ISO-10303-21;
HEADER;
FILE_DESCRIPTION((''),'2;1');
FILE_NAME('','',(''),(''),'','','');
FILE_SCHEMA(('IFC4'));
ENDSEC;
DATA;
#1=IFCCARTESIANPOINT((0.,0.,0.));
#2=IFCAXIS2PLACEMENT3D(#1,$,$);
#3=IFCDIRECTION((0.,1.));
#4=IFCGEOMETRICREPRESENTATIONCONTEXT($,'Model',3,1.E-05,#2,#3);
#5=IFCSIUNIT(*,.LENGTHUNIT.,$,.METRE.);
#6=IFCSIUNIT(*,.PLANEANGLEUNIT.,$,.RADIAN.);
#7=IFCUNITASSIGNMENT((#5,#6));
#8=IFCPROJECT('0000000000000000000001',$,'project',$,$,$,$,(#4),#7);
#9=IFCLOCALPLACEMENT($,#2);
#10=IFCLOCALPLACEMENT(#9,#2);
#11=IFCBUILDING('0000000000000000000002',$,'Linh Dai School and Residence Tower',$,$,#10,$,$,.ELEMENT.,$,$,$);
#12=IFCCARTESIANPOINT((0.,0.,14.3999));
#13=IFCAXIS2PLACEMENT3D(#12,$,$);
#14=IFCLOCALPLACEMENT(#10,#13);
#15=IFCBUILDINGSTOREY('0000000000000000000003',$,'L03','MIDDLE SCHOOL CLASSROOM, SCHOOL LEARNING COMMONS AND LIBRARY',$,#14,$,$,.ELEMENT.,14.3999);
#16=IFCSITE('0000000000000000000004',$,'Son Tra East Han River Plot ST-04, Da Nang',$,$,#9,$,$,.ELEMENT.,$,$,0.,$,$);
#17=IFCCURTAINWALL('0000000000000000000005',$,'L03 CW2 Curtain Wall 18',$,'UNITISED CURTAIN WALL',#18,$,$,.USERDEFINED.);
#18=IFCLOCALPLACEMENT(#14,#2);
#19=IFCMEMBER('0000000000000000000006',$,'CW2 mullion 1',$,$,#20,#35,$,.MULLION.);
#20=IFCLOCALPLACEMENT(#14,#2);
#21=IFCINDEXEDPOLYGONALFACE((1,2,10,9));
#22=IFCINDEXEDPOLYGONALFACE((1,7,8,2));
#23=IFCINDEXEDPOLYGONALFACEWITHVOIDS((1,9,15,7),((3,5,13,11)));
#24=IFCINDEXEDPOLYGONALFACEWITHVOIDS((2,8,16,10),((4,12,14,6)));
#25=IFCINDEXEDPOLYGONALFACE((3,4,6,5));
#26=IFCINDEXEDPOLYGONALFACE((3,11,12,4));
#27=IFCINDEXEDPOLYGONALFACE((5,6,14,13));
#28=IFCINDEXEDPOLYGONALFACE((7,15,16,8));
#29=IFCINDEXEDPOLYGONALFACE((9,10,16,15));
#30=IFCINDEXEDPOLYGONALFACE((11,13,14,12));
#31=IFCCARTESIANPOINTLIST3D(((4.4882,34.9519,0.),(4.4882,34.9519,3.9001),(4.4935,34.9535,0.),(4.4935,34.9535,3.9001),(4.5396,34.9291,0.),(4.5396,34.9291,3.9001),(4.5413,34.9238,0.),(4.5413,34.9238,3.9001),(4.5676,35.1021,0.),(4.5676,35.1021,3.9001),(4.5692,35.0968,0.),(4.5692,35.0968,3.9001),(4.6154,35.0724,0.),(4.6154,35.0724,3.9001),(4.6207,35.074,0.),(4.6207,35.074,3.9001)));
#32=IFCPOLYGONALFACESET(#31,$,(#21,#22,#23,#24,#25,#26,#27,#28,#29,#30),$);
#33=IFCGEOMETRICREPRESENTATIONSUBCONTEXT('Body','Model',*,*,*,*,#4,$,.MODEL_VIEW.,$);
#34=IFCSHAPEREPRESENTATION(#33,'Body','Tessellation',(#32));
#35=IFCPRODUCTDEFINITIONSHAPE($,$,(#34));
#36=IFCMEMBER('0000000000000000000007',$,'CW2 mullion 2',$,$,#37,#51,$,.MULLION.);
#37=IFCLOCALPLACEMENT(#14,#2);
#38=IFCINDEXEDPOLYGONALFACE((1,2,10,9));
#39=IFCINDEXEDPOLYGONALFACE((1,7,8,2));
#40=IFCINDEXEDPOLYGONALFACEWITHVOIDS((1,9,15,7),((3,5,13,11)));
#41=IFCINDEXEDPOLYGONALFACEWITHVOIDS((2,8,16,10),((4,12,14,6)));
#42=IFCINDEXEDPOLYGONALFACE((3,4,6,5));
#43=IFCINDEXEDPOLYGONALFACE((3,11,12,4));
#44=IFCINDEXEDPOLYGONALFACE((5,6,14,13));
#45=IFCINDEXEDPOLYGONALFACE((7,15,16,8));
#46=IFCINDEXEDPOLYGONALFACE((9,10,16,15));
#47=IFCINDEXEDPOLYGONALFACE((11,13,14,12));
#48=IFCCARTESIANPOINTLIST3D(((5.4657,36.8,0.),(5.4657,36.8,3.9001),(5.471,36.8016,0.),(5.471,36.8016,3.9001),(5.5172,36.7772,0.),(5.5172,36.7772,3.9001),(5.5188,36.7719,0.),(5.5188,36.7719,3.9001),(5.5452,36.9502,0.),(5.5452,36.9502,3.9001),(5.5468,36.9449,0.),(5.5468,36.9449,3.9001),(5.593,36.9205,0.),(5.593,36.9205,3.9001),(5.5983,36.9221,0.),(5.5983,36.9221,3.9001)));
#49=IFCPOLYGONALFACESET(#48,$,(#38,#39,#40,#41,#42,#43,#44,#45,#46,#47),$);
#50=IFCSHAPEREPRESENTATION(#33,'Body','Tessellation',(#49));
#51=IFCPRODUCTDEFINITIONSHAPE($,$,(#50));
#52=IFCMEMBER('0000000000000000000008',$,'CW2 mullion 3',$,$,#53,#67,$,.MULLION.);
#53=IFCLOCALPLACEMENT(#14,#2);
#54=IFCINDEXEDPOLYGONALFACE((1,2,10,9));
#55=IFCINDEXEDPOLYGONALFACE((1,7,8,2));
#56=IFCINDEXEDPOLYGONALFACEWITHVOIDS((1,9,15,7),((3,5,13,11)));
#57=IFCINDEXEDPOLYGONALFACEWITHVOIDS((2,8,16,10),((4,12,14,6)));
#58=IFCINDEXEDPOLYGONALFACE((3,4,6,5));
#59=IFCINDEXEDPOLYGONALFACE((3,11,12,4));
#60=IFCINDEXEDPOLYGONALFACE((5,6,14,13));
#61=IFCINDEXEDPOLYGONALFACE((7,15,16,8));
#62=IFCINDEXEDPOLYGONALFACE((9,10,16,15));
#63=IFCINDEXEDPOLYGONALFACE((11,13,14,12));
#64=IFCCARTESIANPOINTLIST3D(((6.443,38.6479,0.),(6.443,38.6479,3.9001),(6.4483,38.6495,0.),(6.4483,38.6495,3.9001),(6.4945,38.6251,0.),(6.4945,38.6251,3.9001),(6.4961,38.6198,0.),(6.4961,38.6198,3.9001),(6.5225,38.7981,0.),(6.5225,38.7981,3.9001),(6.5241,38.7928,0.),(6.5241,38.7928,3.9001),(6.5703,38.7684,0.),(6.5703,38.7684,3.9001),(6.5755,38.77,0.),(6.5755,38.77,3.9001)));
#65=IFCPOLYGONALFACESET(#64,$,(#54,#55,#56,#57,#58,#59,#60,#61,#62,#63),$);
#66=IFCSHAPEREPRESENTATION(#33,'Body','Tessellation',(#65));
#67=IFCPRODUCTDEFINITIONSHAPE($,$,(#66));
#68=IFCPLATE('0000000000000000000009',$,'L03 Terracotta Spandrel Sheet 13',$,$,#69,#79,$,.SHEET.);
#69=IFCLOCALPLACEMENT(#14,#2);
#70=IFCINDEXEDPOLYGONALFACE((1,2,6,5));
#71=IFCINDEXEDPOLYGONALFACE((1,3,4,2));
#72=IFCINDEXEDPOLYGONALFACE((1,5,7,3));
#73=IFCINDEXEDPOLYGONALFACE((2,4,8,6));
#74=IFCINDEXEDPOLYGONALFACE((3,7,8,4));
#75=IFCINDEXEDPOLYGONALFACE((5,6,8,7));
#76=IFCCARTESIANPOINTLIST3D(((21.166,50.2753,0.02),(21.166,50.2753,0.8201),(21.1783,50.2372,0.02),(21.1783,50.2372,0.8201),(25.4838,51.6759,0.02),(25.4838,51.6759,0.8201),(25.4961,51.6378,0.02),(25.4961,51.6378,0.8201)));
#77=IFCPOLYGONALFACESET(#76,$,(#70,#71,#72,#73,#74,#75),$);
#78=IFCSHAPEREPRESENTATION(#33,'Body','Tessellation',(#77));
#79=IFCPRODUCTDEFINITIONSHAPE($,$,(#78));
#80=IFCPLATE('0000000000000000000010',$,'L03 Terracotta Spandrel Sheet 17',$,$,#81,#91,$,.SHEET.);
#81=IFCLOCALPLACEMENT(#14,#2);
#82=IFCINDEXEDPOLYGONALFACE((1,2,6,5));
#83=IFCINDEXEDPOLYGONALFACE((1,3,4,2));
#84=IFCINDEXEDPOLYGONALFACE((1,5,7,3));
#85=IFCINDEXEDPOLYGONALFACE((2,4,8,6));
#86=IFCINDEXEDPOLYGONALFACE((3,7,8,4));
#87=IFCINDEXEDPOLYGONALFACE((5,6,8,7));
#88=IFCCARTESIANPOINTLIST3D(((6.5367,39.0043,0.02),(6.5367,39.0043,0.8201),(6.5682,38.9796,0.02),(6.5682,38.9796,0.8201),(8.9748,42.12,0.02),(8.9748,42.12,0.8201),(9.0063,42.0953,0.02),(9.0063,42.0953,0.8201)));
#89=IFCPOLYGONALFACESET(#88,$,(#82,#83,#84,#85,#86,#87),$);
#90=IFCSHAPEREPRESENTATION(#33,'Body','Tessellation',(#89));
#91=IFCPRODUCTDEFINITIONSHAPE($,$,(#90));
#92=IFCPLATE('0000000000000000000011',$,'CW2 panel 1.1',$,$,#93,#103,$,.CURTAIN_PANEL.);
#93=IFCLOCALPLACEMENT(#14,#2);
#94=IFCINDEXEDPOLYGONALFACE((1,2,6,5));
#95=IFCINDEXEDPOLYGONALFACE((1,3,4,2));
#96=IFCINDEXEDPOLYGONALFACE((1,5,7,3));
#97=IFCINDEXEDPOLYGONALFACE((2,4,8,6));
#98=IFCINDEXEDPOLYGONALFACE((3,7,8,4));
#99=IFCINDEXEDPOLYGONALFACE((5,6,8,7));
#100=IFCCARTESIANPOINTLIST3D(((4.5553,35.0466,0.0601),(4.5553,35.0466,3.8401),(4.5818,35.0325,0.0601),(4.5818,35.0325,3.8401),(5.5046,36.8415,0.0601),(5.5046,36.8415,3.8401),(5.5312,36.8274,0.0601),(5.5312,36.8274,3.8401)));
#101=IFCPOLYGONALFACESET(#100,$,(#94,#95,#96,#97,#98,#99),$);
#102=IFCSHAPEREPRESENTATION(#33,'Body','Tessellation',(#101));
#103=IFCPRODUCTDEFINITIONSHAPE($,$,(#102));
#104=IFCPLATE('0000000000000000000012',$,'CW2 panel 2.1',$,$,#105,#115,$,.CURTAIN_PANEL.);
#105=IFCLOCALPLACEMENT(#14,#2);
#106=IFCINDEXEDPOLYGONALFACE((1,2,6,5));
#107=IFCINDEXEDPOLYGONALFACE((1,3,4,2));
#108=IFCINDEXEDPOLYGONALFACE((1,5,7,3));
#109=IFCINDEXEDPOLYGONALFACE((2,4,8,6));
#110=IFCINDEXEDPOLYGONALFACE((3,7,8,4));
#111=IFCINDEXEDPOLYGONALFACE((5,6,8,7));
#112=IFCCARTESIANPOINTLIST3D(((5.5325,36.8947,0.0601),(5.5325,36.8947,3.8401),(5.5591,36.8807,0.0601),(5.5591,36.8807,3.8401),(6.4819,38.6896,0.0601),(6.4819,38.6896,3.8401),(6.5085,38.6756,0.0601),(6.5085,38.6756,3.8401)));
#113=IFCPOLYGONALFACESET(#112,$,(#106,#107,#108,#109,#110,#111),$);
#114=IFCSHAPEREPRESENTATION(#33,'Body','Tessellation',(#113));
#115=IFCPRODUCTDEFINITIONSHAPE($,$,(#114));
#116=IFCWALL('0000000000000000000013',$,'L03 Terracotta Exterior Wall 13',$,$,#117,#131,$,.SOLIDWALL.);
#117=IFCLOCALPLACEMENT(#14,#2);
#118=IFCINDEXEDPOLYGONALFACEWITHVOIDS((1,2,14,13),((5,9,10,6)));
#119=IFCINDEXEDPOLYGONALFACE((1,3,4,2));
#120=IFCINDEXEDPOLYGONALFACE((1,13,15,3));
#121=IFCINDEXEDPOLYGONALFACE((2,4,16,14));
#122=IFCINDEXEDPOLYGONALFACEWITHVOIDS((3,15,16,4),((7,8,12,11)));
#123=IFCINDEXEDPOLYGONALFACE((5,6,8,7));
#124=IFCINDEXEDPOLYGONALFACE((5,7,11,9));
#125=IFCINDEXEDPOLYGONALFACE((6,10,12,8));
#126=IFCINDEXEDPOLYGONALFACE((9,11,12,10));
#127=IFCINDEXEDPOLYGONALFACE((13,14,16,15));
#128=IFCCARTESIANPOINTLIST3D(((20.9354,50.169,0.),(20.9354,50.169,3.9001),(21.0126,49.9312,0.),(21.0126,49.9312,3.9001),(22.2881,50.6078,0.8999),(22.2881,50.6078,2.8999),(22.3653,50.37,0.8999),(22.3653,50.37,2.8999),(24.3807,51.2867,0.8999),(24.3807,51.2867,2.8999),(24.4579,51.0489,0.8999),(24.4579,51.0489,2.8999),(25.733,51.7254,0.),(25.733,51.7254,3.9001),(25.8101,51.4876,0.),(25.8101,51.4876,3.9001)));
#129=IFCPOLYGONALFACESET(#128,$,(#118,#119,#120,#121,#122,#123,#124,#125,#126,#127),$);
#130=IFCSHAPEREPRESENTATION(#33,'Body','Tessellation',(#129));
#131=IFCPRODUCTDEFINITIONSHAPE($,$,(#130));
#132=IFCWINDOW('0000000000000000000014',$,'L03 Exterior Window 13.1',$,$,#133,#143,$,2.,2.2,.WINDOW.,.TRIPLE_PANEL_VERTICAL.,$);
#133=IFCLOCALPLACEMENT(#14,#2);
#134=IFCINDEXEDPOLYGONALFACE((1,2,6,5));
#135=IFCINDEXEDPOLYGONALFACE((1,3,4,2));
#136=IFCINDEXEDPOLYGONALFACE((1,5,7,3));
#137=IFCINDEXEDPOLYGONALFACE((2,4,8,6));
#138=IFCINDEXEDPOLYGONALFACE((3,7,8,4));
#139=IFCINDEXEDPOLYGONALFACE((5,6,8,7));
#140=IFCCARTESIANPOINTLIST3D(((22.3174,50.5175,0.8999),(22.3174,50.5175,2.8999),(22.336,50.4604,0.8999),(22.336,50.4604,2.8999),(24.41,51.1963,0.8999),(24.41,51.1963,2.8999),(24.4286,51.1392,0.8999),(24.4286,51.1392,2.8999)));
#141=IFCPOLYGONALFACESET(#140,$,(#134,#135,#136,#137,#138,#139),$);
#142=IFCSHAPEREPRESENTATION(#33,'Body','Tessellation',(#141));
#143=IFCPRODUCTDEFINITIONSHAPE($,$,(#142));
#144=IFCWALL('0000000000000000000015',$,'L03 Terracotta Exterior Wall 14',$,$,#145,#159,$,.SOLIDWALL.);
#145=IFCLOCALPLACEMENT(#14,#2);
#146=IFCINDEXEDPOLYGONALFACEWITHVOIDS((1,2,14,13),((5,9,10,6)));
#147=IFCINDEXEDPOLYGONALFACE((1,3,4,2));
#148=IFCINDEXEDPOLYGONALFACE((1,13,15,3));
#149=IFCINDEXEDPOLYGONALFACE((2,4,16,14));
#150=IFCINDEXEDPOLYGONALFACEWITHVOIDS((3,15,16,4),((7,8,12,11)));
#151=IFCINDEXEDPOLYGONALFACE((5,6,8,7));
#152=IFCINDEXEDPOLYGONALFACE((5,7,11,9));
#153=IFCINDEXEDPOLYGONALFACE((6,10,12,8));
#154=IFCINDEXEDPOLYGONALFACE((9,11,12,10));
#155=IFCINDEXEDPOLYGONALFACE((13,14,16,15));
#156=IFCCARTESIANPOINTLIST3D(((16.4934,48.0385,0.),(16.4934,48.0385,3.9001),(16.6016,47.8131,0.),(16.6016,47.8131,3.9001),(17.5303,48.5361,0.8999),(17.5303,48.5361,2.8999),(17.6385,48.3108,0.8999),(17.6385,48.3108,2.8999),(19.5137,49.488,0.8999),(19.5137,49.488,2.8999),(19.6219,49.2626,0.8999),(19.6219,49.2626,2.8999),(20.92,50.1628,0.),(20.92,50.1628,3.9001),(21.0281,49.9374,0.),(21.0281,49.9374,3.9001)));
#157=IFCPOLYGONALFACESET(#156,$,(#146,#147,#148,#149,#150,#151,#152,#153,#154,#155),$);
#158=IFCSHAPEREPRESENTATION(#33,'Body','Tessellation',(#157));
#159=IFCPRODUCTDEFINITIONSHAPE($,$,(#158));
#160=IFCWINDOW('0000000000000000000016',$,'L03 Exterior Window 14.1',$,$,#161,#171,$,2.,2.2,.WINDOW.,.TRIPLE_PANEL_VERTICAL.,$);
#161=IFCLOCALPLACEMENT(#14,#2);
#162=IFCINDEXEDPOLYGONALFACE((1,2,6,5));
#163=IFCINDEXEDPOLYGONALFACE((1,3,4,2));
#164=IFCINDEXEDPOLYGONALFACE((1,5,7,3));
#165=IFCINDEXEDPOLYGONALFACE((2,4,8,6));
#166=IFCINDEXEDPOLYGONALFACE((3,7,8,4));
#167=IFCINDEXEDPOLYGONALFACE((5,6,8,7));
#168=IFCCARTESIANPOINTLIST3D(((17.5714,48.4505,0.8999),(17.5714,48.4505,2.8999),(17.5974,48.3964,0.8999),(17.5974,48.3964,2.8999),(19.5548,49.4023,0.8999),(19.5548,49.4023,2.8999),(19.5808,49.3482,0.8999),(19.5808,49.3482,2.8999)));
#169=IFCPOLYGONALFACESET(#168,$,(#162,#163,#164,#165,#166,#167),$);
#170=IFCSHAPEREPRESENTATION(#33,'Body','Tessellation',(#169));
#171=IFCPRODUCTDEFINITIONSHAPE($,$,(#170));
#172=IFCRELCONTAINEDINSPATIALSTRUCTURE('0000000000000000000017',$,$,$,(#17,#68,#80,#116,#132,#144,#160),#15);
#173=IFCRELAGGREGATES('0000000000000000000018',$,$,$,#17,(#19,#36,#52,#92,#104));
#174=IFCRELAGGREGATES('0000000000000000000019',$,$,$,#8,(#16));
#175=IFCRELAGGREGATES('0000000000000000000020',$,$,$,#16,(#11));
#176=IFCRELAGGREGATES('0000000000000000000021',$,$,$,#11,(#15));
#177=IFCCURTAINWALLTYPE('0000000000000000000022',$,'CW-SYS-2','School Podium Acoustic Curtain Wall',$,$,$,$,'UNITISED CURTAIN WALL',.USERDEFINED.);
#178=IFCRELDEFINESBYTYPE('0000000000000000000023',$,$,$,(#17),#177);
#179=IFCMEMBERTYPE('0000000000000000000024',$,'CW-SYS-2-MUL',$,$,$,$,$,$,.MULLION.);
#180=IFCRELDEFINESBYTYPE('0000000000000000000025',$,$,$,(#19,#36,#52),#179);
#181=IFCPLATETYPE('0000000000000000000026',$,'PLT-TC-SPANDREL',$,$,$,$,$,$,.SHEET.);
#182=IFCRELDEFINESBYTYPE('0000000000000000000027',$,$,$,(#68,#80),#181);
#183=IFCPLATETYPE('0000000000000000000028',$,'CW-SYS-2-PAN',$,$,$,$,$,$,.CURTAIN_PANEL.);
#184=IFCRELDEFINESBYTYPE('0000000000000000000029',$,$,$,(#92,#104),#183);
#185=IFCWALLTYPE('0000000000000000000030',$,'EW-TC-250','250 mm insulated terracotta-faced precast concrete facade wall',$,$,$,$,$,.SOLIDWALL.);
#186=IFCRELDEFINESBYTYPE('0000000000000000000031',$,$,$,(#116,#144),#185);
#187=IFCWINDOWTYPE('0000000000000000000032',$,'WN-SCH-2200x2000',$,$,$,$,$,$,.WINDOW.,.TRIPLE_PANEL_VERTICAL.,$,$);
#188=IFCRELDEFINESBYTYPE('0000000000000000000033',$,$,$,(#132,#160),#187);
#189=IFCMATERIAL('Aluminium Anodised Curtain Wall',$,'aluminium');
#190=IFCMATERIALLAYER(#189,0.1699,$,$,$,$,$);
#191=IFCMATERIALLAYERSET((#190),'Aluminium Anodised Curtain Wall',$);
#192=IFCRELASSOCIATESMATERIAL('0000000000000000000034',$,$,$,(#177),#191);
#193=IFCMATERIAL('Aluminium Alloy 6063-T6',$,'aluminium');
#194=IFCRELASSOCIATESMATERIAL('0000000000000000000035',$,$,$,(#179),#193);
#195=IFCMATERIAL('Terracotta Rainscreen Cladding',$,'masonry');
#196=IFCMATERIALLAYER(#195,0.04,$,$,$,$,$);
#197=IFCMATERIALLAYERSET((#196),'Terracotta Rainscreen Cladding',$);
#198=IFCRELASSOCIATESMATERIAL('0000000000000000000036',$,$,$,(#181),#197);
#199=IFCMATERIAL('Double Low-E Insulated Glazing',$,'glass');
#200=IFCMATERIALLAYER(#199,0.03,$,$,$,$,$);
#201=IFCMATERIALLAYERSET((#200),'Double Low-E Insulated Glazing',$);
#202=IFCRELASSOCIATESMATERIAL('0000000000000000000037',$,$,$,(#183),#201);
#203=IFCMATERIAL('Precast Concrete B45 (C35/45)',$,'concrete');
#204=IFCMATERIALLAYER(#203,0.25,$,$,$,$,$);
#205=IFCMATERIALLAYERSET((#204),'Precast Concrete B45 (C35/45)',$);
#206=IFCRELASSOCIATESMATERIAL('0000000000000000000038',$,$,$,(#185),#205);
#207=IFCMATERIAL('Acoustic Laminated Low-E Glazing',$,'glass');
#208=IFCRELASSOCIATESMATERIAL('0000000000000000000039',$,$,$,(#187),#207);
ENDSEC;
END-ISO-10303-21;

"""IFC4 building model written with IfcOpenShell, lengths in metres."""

from ifc_helpers import new_model, si_unit, direction, frame, frame_2d, origin, origin_2d, place, context, subcontext, project, spatial, rectangle, hollow_rectangle, extrude, source, transform, mapped, material, layer, layer_set, material_profile, profile_set, type_object, element, fill, aggregate, save


model = new_model("IFC4")

# Units and contexts
model_context = context("Model", 3, precision=1e-05, world=origin(), true_north=direction((0.0, 1.0)))
body_context = subcontext(model_context, "Body", "Model", "MODEL_VIEW")
ifc_project = project(units=[si_unit("LENGTHUNIT", "METRE"), si_unit("PLANEANGLEUNIT", "RADIAN")], contexts=[model_context])

# Site, building, storey
site_placement = place(None, origin())
site = spatial("IfcSite", under=ifc_project, at=site_placement, Name="Son Tra East Han River Plot ST-04, Da Nang", CompositionType="ELEMENT", RefElevation=0.0)
building_placement = place(site_placement, origin())
building = spatial("IfcBuilding", under=site, at=building_placement, Name="Linh Dai School and Residence Tower", CompositionType="ELEMENT")
storey_placement = place(building_placement, frame((0.0, 0.0, 14.3999)))
storey = spatial("IfcBuildingStorey", under=building, at=storey_placement, Name="L03", Description="MIDDLE SCHOOL CLASSROOM, SCHOOL LEARNING COMMONS AND LIBRARY", CompositionType="ELEMENT", Elevation=14.3999)

# Curtain wall, members
ifc_material_1 = material(Name="Aluminium Anodised Curtain Wall", Category="aluminium")
ifc_layer_1 = layer(ifc_material_1, 0.1699)
ifc_layer_set_1 = layer_set([ifc_layer_1], Name="Aluminium Anodised Curtain Wall")
curtain_wall_type = type_object("IfcCurtainWallType", Name="CW-SYS-2", Description="School Podium Acoustic Curtain Wall", ElementType="UNITISED CURTAIN WALL", PredefinedType="USERDEFINED", material=ifc_layer_set_1)
curtain_wall_placement = place(storey_placement, origin())
curtain_wall = element("IfcCurtainWall", 1, at=curtain_wall_placement, inside=storey, type_object=curtain_wall_type, Name="L03 CW2 Curtain Wall 18", ObjectType="UNITISED CURTAIN WALL", PredefinedType="USERDEFINED")
ifc_material_2 = material(Name="Aluminium Alloy 6063-T6", Category="aluminium")
ifc_material_profile_1 = material_profile(ifc_material_2, hollow_rectangle(XDim=0.0601, YDim=0.1699, WallThickness=0.0039, at=origin_2d()), Name="RHS 170x60x4")
ifc_profile_set_1 = profile_set([ifc_material_profile_1], Name="Aluminium Alloy 6063-T6")
member_type_1 = type_object("IfcMemberType", Name="CW-SYS-2-MUL", PredefinedType="MULLION", material=ifc_profile_set_1)
shared_shape_1 = source(origin(), body_context, "Body", "SweptSolid", [
    extrude(hollow_rectangle(XDim=0.0601, YDim=0.1699, WallThickness=0.0039, at=origin_2d()), origin(), (0.0, 0.0, 1.0), 3.9001),
])
member_1_placement = place(storey_placement, frame((4.5544, 35.0129, 0.0), z_axis=(0.0, 0.0, 1.0), x_axis=(-0.883964, 0.467555, 0.0)))
member_1 = element("IfcMember", 2, at=member_1_placement, type_object=member_type_1, Name="CW2 mullion 1", PredefinedType="MULLION", context=body_context, shape_type="MappedRepresentation", body=[
    mapped(shared_shape_1, transform((0.0, 0.0, 0.0), x_axis=(1.0, 0.0, 0.0), y_axis=(0.0, 1.0, 0.0), z_axis=(0.0, 0.0, 1.0), scale=1.0)),
])
member_2_placement = place(storey_placement, frame((5.532, 36.8611, 0.0), z_axis=(0.0, 0.0, 1.0), x_axis=(-0.883964, 0.467555, 0.0)))
member_2 = element("IfcMember", 3, at=member_2_placement, type_object=member_type_1, Name="CW2 mullion 2", PredefinedType="MULLION", context=body_context, shape_type="MappedRepresentation", body=[
    mapped(shared_shape_1, transform((0.0, 0.0, 0.0), x_axis=(1.0, 0.0, 0.0), y_axis=(0.0, 1.0, 0.0), z_axis=(0.0, 0.0, 1.0), scale=1.0)),
])
member_3_placement = place(storey_placement, frame((6.5093, 38.709, 0.0), z_axis=(0.0, 0.0, 1.0), x_axis=(-0.883964, 0.467555, 0.0)))
member_3 = element("IfcMember", 4, at=member_3_placement, type_object=member_type_1, Name="CW2 mullion 3", PredefinedType="MULLION", context=body_context, shape_type="MappedRepresentation", body=[
    mapped(shared_shape_1, transform((0.0, 0.0, 0.0), x_axis=(1.0, 0.0, 0.0), y_axis=(0.0, 1.0, 0.0), z_axis=(0.0, 0.0, 1.0), scale=1.0)),
])

# Plates
ifc_material_3 = material(Name="Terracotta Rainscreen Cladding", Category="masonry")
ifc_layer_2 = layer(ifc_material_3, 0.04)
ifc_layer_set_2 = layer_set([ifc_layer_2], Name="Terracotta Rainscreen Cladding")
plate_type_1 = type_object("IfcPlateType", Name="PLT-TC-SPANDREL", PredefinedType="SHEET", material=ifc_layer_set_2)
shared_shape_2 = source(origin(), body_context, "Body", "SweptSolid", [
    extrude(rectangle(XDim=4.5393, YDim=0.04, at=origin_2d()), origin(), (0.0, 0.0, 1.0), 0.8),
])
plate_1_placement = place(storey_placement, frame((23.3311, 50.9565, 0.02), z_axis=(0.0, 0.0, 1.0), x_axis=(0.951207, 0.308554, 0.0)))
element("IfcPlate", 5, at=plate_1_placement, inside=storey, type_object=plate_type_1, Name="L03 Terracotta Spandrel Sheet 13", PredefinedType="SHEET", context=body_context, shape_type="MappedRepresentation", body=[
    mapped(shared_shape_2, transform((0.0, 0.0, 0.0), x_axis=(1.0, 0.0, 0.0), y_axis=(0.0, 1.0, 0.0), z_axis=(0.0, 0.0, 1.0), scale=1.0)),
])
shared_shape_3 = source(origin(), body_context, "Body", "SweptSolid", [
    extrude(rectangle(XDim=3.9563, YDim=0.04, at=origin_2d()), origin(), (0.0, 0.0, 1.0), 0.8),
])
plate_2_placement = place(storey_placement, frame((7.7715, 40.5498, 0.02), z_axis=(0.0, 0.0, 1.0), x_axis=(0.61626, 0.787543, 0.0)))
element("IfcPlate", 6, at=plate_2_placement, inside=storey, type_object=plate_type_1, Name="L03 Terracotta Spandrel Sheet 17", PredefinedType="SHEET", context=body_context, shape_type="MappedRepresentation", body=[
    mapped(shared_shape_3, transform((0.0, 0.0, 0.0), x_axis=(1.0, 0.0, 0.0), y_axis=(0.0, 1.0, 0.0), z_axis=(0.0, 0.0, 1.0), scale=1.0)),
])

# Plates
ifc_material_4 = material(Name="Double Low-E Insulated Glazing", Category="glass")
ifc_layer_3 = layer(ifc_material_4, 0.03)
ifc_layer_set_3 = layer_set([ifc_layer_3], Name="Double Low-E Insulated Glazing")
plate_type_2 = type_object("IfcPlateType", Name="CW-SYS-2-PAN", PredefinedType="CURTAIN_PANEL", material=ifc_layer_set_3)
shared_shape_4 = source(origin(), body_context, "Body", "SweptSolid", [
    extrude(rectangle(XDim=2.0305, YDim=0.03, at=origin_2d()), origin(), (0.0, 0.0, 1.0), 3.78),
])
plate_3_placement = place(storey_placement, frame((5.0432, 35.937, 0.0601), z_axis=(0.0, 0.0, 1.0), x_axis=(0.467555, 0.883964, 0.0)))
plate_3 = element("IfcPlate", 7, at=plate_3_placement, type_object=plate_type_2, Name="CW2 panel 1.1", PredefinedType="CURTAIN_PANEL", context=body_context, shape_type="MappedRepresentation", body=[
    mapped(shared_shape_4, transform((0.0, 0.0, 0.0), x_axis=(1.0, 0.0, 0.0), y_axis=(0.0, 1.0, 0.0), z_axis=(0.0, 0.0, 1.0), scale=1.0)),
])
plate_4_placement = place(storey_placement, frame((6.0205, 37.7852, 0.0601), z_axis=(0.0, 0.0, 1.0), x_axis=(0.467555, 0.883964, 0.0)))
plate_4 = element("IfcPlate", 8, at=plate_4_placement, type_object=plate_type_2, Name="CW2 panel 2.1", PredefinedType="CURTAIN_PANEL", context=body_context, shape_type="MappedRepresentation", body=[
    mapped(shared_shape_4, transform((0.0, 0.0, 0.0), x_axis=(1.0, 0.0, 0.0), y_axis=(0.0, 1.0, 0.0), z_axis=(0.0, 0.0, 1.0), scale=1.0)),
])
aggregate(curtain_wall, [member_1, member_2, member_3, plate_3, plate_4])

# Walls, openings, windows
ifc_material_5 = material(Name="Precast Concrete B45 (C35/45)", Category="concrete")
ifc_layer_4 = layer(ifc_material_5, 0.25)
ifc_layer_set_4 = layer_set([ifc_layer_4], Name="Precast Concrete B45 (C35/45)")
wall_type_1 = type_object("IfcWallType", Name="EW-TC-250", Description="250 mm insulated terracotta-faced precast concrete facade wall", PredefinedType="SOLIDWALL", material=ifc_layer_set_4)
wall_1_placement = place(storey_placement, frame((20.9739, 50.05, 0.0), z_axis=(0.0, 0.0, 1.0), x_axis=(0.951199, 0.308579, 0.0)))
wall_1 = element("IfcWall", 9, at=wall_1_placement, inside=storey, type_object=wall_type_1, Name="L03 Terracotta Exterior Wall 13", PredefinedType="SOLIDWALL", context=body_context, shape_type="SweptSolid", body=[
    extrude(rectangle(XDim=5.0437, YDim=0.25, at=frame_2d((2.522, 0.0))), origin(), (0.0, 0.0, 1.0), 3.9001),
])
opening_1_placement = place(wall_1_placement, frame((1.4221, 0.0, 0.8999)))
opening_1 = element("IfcOpeningElement", 10, at=opening_1_placement, cuts=wall_1, PredefinedType="OPENING", context=body_context, shape_type="SweptSolid", body=[
    extrude(rectangle(XDim=2.2, YDim=2.0, at=origin_2d()), frame((1.1001, 0.135, 1.0), z_axis=(0.0, -1.0, 0.0), x_axis=(1.0, 0.0, 0.0)), (0.0, 0.0, 1.0), 0.27),
])
ifc_material_6 = material(Name="Acoustic Laminated Low-E Glazing", Category="glass")
window_type = type_object("IfcWindowType", Name="WN-SCH-2200x2000", PartitioningType="TRIPLE_PANEL_VERTICAL", PredefinedType="WINDOW", material=ifc_material_6)
shared_shape_5 = source(origin(), body_context, "Body", "SweptSolid", [
    extrude(rectangle(XDim=2.2, YDim=2.0, at=origin_2d()), frame((1.1001, 0.03, 1.0), z_axis=(0.0, -1.0, 0.0), x_axis=(1.0, 0.0, 0.0)), (0.0, 0.0, 1.0), 0.0601),
])
window_1_placement = place(opening_1_placement, origin())
window_1 = element("IfcWindow", 11, at=window_1_placement, inside=storey, type_object=window_type, Name="L03 Exterior Window 13.1", OverallHeight=2.0, OverallWidth=2.2, PartitioningType="TRIPLE_PANEL_VERTICAL", PredefinedType="WINDOW", context=body_context, shape_type="MappedRepresentation", body=[
    mapped(shared_shape_5, transform((0.0, 0.0, 0.0), x_axis=(1.0, 0.0, 0.0), y_axis=(0.0, 1.0, 0.0), z_axis=(0.0, 0.0, 1.0), scale=1.0)),
])
fill(opening_1, window_1)
wall_2_placement = place(storey_placement, frame((16.5474, 47.9258, 0.0), z_axis=(0.0, 0.0, 1.0), x_axis=(0.90156, 0.432655, 0.0)))
wall_2 = element("IfcWall", 12, at=wall_2_placement, inside=storey, type_object=wall_type_1, Name="L03 Terracotta Exterior Wall 14", PredefinedType="SOLIDWALL", context=body_context, shape_type="SweptSolid", body=[
    extrude(rectangle(XDim=4.9099, YDim=0.25, at=frame_2d((2.4551, 0.0))), origin(), (0.0, 0.0, 1.0), 3.9001),
])
opening_2_placement = place(wall_2_placement, frame((1.1501, 0.0, 0.8999)))
opening_2 = element("IfcOpeningElement", 13, at=opening_2_placement, cuts=wall_2, PredefinedType="OPENING", context=body_context, shape_type="SweptSolid", body=[
    extrude(rectangle(XDim=2.2, YDim=2.0, at=origin_2d()), frame((1.1001, 0.135, 1.0), z_axis=(0.0, -1.0, 0.0), x_axis=(1.0, 0.0, 0.0)), (0.0, 0.0, 1.0), 0.27),
])
window_2_placement = place(opening_2_placement, origin())
window_2 = element("IfcWindow", 14, at=window_2_placement, inside=storey, type_object=window_type, Name="L03 Exterior Window 14.1", OverallHeight=2.0, OverallWidth=2.2, PartitioningType="TRIPLE_PANEL_VERTICAL", PredefinedType="WINDOW", context=body_context, shape_type="MappedRepresentation", body=[
    mapped(shared_shape_5, transform((0.0, 0.0, 0.0), x_axis=(1.0, 0.0, 0.0), y_axis=(0.0, 1.0, 0.0), z_axis=(0.0, 0.0, 1.0), scale=1.0)),
])
fill(opening_2, window_2)

save(model, "model.ifc")
